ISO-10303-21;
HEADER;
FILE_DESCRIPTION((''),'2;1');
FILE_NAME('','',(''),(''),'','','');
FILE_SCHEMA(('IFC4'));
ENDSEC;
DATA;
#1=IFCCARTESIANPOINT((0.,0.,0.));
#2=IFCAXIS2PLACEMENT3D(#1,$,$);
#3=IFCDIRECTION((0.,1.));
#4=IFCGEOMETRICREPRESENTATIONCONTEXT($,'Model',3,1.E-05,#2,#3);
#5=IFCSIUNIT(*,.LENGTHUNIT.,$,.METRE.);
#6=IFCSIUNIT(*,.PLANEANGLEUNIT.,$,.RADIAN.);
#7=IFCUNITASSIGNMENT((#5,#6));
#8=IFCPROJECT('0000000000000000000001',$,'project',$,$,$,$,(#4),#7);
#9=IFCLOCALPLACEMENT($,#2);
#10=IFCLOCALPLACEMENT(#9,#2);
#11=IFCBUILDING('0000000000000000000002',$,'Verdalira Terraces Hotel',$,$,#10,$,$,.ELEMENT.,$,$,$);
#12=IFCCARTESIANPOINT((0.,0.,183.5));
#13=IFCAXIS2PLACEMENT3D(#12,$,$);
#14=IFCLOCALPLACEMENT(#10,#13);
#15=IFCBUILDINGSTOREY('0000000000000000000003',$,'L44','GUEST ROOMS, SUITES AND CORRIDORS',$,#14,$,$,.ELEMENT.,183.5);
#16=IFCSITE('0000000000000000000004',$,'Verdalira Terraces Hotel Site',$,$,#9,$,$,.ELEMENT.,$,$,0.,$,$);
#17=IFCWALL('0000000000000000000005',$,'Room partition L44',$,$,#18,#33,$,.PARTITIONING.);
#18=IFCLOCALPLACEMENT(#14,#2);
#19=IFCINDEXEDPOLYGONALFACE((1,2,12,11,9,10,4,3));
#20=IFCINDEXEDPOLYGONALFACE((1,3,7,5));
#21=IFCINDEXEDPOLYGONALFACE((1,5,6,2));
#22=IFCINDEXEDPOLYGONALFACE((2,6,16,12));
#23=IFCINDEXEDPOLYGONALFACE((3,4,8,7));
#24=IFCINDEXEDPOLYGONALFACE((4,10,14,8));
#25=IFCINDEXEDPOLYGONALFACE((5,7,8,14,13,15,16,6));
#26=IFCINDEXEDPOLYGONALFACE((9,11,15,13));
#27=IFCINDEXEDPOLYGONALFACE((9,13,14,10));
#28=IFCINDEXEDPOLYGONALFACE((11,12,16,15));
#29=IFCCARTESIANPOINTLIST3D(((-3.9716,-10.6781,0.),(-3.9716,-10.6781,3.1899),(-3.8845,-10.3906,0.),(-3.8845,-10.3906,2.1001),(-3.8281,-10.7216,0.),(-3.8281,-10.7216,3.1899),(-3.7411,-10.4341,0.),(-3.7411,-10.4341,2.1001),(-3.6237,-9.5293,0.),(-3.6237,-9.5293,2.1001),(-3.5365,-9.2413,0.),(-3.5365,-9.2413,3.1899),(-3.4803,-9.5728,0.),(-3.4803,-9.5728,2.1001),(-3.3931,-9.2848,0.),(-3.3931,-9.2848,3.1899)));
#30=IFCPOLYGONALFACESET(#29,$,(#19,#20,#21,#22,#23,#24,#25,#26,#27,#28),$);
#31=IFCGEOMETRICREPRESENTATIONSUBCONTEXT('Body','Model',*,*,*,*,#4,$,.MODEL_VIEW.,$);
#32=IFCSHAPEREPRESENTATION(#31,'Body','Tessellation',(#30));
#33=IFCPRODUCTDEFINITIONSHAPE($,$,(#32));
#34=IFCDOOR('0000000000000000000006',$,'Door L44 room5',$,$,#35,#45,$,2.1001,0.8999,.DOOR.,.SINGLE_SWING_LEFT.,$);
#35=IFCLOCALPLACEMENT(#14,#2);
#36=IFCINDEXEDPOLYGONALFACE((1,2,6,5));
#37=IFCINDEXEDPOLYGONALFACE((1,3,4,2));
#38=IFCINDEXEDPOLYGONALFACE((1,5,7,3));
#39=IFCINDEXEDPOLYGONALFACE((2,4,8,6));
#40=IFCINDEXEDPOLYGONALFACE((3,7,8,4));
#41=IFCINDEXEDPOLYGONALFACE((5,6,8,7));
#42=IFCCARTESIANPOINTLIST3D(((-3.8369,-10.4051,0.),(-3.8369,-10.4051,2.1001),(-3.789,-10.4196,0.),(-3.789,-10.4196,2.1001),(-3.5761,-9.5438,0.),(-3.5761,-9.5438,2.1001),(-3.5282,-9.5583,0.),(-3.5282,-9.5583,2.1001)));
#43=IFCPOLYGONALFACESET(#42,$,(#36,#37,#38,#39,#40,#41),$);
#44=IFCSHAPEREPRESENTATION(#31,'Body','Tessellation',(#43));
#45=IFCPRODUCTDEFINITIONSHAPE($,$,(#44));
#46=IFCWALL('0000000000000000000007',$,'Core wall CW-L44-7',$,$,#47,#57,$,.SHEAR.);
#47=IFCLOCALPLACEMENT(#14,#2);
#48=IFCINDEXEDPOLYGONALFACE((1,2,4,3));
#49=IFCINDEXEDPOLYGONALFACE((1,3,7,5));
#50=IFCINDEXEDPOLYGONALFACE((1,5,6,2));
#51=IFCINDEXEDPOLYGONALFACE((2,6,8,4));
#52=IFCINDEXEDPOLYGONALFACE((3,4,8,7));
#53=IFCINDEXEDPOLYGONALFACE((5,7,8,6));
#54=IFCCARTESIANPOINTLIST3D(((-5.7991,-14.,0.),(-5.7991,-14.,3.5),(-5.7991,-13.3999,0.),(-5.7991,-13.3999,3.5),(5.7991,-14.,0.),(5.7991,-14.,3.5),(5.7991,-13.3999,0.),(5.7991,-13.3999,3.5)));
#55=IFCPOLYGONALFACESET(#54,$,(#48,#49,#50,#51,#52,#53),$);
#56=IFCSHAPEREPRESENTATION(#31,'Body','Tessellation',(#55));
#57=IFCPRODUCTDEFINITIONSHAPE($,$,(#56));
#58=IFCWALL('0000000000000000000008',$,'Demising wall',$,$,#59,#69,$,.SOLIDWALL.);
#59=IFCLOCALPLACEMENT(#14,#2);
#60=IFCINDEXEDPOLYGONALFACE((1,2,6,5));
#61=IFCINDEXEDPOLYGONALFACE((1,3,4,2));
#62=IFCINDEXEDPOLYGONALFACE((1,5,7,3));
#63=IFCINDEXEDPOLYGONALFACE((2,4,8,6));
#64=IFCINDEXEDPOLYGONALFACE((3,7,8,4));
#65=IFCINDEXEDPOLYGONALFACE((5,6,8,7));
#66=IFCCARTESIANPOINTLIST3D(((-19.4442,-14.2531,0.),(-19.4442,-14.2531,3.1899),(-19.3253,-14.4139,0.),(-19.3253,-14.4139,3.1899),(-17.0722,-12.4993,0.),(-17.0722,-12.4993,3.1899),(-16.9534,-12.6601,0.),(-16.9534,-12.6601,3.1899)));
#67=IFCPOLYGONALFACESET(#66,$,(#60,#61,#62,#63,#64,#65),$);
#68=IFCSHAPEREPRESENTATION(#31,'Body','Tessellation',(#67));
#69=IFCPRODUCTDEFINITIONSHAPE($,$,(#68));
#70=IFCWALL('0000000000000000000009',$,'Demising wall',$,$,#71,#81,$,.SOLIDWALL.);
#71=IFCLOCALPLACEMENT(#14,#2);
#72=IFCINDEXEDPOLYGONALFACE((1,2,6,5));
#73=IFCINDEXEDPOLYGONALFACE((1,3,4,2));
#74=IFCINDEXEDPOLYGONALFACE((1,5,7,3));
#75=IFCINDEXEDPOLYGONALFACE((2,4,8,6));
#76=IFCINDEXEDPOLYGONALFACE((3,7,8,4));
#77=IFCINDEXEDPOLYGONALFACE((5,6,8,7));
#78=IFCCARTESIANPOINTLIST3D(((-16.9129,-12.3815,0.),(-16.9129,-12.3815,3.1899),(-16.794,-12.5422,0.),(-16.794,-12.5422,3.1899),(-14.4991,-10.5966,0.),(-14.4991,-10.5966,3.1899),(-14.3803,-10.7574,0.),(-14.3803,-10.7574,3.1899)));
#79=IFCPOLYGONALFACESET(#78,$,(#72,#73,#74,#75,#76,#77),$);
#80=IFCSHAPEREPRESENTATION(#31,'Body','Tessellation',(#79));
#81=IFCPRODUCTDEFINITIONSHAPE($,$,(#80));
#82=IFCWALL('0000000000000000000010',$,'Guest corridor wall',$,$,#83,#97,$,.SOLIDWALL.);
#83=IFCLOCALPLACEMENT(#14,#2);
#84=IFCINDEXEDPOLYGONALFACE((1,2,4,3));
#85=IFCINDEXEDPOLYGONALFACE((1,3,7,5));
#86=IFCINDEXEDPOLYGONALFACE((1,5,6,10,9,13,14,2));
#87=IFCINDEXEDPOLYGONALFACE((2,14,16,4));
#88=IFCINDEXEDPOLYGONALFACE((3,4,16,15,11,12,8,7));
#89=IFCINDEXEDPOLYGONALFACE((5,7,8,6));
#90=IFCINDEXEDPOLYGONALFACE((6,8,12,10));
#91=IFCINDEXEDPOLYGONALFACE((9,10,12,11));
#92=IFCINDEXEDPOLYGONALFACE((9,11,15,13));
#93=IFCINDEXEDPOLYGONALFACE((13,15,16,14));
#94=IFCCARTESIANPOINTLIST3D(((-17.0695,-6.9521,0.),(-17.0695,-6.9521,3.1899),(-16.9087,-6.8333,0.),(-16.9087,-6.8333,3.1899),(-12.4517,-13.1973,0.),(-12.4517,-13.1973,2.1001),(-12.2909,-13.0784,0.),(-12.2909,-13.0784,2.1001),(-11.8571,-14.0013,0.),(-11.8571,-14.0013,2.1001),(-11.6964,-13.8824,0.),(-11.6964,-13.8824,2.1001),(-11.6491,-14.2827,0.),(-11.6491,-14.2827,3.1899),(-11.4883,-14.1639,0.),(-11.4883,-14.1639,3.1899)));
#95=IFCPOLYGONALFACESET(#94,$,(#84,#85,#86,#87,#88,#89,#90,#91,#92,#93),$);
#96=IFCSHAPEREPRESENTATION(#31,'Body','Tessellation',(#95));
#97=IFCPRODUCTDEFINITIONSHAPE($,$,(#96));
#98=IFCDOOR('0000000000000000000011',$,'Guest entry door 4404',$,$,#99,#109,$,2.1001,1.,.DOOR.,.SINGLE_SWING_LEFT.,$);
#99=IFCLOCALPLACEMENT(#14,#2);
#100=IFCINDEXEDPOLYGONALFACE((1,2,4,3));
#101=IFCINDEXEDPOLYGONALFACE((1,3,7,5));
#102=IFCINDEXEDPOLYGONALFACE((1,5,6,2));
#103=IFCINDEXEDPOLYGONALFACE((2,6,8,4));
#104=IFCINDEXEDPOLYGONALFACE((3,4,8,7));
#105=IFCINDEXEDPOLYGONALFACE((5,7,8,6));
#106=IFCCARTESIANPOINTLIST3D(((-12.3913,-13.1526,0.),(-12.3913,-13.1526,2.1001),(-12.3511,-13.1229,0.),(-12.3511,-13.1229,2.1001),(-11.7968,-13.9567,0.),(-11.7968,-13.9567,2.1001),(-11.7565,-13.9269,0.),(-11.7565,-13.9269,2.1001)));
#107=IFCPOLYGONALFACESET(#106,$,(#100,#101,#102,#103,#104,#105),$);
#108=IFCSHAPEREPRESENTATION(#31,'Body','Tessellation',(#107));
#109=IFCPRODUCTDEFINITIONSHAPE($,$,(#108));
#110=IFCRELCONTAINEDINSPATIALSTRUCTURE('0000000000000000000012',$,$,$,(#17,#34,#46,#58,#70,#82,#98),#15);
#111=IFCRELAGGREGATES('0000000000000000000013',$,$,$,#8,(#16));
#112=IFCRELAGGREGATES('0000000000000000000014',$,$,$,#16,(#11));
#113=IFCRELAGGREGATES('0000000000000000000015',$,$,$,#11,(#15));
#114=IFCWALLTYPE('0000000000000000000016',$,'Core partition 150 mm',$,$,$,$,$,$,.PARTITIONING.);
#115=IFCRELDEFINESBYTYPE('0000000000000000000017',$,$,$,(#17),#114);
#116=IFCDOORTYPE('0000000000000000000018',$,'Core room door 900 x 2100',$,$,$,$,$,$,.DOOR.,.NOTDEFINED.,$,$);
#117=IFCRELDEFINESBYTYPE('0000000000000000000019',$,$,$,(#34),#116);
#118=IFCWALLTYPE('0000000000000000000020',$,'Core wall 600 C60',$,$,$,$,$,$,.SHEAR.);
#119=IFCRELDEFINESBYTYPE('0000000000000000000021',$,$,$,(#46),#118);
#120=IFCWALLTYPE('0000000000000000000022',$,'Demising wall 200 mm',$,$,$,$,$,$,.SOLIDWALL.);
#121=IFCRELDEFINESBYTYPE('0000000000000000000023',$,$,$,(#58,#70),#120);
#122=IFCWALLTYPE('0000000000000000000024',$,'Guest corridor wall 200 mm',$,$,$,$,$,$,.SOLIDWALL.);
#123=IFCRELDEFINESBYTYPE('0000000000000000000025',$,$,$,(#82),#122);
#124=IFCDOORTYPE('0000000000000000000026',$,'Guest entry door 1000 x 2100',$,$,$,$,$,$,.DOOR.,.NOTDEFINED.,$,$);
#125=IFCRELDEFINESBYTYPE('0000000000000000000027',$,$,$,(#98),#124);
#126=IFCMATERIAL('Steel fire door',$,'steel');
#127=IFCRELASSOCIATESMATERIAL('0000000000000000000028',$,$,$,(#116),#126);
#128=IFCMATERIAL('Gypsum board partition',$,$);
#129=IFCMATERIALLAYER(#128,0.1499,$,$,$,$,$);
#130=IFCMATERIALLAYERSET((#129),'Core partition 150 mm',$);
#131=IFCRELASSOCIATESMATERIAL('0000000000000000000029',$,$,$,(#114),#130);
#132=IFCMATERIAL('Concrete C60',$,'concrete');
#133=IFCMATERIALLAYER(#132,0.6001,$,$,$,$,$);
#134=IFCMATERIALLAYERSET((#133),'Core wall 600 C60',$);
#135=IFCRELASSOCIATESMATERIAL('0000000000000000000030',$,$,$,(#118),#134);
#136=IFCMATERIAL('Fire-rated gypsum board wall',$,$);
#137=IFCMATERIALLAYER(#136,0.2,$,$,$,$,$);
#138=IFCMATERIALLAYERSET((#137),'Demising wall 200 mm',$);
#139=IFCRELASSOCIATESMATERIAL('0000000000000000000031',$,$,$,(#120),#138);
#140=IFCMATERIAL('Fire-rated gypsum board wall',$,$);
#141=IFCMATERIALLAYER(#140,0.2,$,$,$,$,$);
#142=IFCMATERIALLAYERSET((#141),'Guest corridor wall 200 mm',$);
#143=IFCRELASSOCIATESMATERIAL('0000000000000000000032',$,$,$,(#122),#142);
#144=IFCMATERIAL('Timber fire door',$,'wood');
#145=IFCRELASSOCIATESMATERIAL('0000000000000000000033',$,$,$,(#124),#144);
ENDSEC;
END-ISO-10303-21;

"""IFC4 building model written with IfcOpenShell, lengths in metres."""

from ifc_helpers import new_model, si_unit, direction, frame, frame_2d, origin, place, context, subcontext, project, spatial, rectangle, extrude, material, layer, layer_set, type_object, element, fill, save


model = new_model("IFC4")

# Units and contexts
model_context = context("Model", 3, precision=1e-05, world=origin(), true_north=direction((0.0, 1.0)))
body_context = subcontext(model_context, "Body", "Model", "MODEL_VIEW")
ifc_project = project(units=[si_unit("LENGTHUNIT", "METRE"), si_unit("PLANEANGLEUNIT", "RADIAN")], contexts=[model_context])

# Site, building, storey
site_placement = place(None, origin())
site = spatial("IfcSite", under=ifc_project, at=site_placement, Name="Verdalira Terraces Hotel Site", CompositionType="ELEMENT", RefElevation=0.0)
building_placement = place(site_placement, origin())
building = spatial("IfcBuilding", under=site, at=building_placement, Name="Verdalira Terraces Hotel", CompositionType="ELEMENT")
storey_placement = place(building_placement, frame((0.0, 0.0, 183.5)))
storey = spatial("IfcBuildingStorey", under=building, at=storey_placement, Name="L44", Description="GUEST ROOMS, SUITES AND CORRIDORS", CompositionType="ELEMENT", Elevation=183.5)

# Shared definitions
ifc_material_1 = material(Name="Steel fire door", Category="steel")
door_type_1 = type_object("IfcDoorType", Name="Core room door 900 x 2100", OperationType="NOTDEFINED", PredefinedType="DOOR", material=ifc_material_1)

# Wall, opening, door
ifc_material_2 = material(Name="Gypsum board partition")
ifc_layer_1 = layer(ifc_material_2, 0.1499)
ifc_layer_set_1 = layer_set([ifc_layer_1], Name="Core partition 150 mm")
wall_type_1 = type_object("IfcWallType", Name="Core partition 150 mm", PredefinedType="PARTITIONING", material=ifc_layer_set_1)
wall_1_placement = place(storey_placement, frame((-3.4648, -9.2632, 0.0), z_axis=(0.0, 0.0, 1.0), x_axis=(-0.289809, -0.957085, 0.0)))
wall_1 = element("IfcWall", 1, at=wall_1_placement, inside=storey, type_object=wall_type_1, Name="Room partition L44", PredefinedType="PARTITIONING", context=body_context, shape_type="SweptSolid", body=[
    extrude(rectangle(XDim=1.5012, YDim=0.1499, at=frame_2d((0.7505, 0.0))), origin(), (0.0, 0.0, 1.0), 3.1899),
])
opening_1_placement = place(wall_1_placement, frame((0.3008, 0.0, 0.0)))
opening_1 = element("IfcOpeningElement", 2, at=opening_1_placement, cuts=wall_1, PredefinedType="OPENING", context=body_context, shape_type="SweptSolid", body=[
    extrude(rectangle(XDim=0.8999, YDim=2.1001, at=frame_2d((0.45, 1.05))), frame((0.0, 0.085, 0.0), z_axis=(0.0, -1.0, 0.0), x_axis=(1.0, 0.0, 0.0)), (0.0, 0.0, 1.0), 0.1699),
])
door_1_placement = place(opening_1_placement, origin())
door_1 = element("IfcDoor", 3, at=door_1_placement, inside=storey, type_object=door_type_1, Name="Door L44 room5", OperationType="SINGLE_SWING_LEFT", OverallHeight=2.1001, OverallWidth=0.8999, PredefinedType="DOOR", context=body_context, shape_type="SweptSolid", body=[
    extrude(rectangle(XDim=0.8999, YDim=2.1001, at=frame_2d((0.45, 1.05))), frame((0.0, 0.0249, 0.0), z_axis=(0.0, -1.0, 0.0), x_axis=(1.0, 0.0, 0.0)), (0.0, 0.0, 1.0), 0.05),
])
fill(opening_1, door_1)

# Walls
ifc_material_3 = material(Name="Concrete C60", Category="concrete")
ifc_layer_2 = layer(ifc_material_3, 0.6001)
ifc_layer_set_2 = layer_set([ifc_layer_2], Name="Core wall 600 C60")
wall_type_2 = type_object("IfcWallType", Name="Core wall 600 C60", PredefinedType="SHEAR", material=ifc_layer_set_2)
wall_2_placement = place(storey_placement, frame((-5.7991, -13.7, 0.0), z_axis=(0.0, 0.0, 1.0), x_axis=(1.0, 0.0, 0.0)))
element("IfcWall", 4, at=wall_2_placement, inside=storey, type_object=wall_type_2, Name="Core wall CW-L44-7", PredefinedType="SHEAR", context=body_context, shape_type="SweptSolid", body=[
    extrude(rectangle(XDim=11.5981, YDim=0.6001, at=frame_2d((5.7991, 0.0))), origin(), (0.0, 0.0, 1.0), 3.5),
])
ifc_material_4 = material(Name="Fire-rated gypsum board wall")
ifc_layer_3 = layer(ifc_material_4, 0.2)
ifc_layer_set_3 = layer_set([ifc_layer_3], Name="Demising wall 200 mm")
wall_type_3 = type_object("IfcWallType", Name="Demising wall 200 mm", PredefinedType="SOLIDWALL", material=ifc_layer_set_3)
wall_3_placement = place(storey_placement, frame((-17.0127, -12.5796, 0.0), z_axis=(0.0, 0.0, 1.0), x_axis=(-0.804073, -0.594531, 0.0)))
element("IfcWall", 5, at=wall_3_placement, inside=storey, type_object=wall_type_3, Name="Demising wall", PredefinedType="SOLIDWALL", context=body_context, shape_type="SweptSolid", body=[
    extrude(rectangle(XDim=2.95, YDim=0.2, at=frame_2d((1.4751, 0.0))), origin(), (0.0, 0.0, 1.0), 3.1899),
])
wall_4_placement = place(storey_placement, frame((-14.4397, -10.677, 0.0), z_axis=(0.0, 0.0, 1.0), x_axis=(-0.804051, -0.59456, 0.0)))
element("IfcWall", 6, at=wall_4_placement, inside=storey, type_object=wall_type_3, Name="Demising wall", PredefinedType="SOLIDWALL", context=body_context, shape_type="SweptSolid", body=[
    extrude(rectangle(XDim=3.002, YDim=0.2, at=frame_2d((1.501, 0.0))), origin(), (0.0, 0.0, 1.0), 3.1899),
])

# Wall, opening, door
ifc_material_5 = material(Name="Fire-rated gypsum board wall")
ifc_layer_4 = layer(ifc_material_5, 0.2)
ifc_layer_set_4 = layer_set([ifc_layer_4], Name="Guest corridor wall 200 mm")
wall_type_4 = type_object("IfcWallType", Name="Guest corridor wall 200 mm", PredefinedType="SOLIDWALL", material=ifc_layer_set_4)
wall_5_placement = place(storey_placement, frame((-11.5686, -14.2234, 0.0), z_axis=(0.0, 0.0, 1.0), x_axis=(-0.594545, 0.804063, 0.0)))
wall_5 = element("IfcWall", 7, at=wall_5_placement, inside=storey, type_object=wall_type_4, Name="Guest corridor wall", PredefinedType="SOLIDWALL", context=body_context, shape_type="SweptSolid", body=[
    extrude(rectangle(XDim=9.1169, YDim=0.2, at=frame_2d((4.5586, 0.0))), origin(), (0.0, 0.0, 1.0), 3.1899),
])
opening_2_placement = place(wall_5_placement, frame((0.3501, 0.0, 0.0)))
opening_2 = element("IfcOpeningElement", 8, at=opening_2_placement, cuts=wall_5, PredefinedType="OPENING", context=body_context, shape_type="SweptSolid", body=[
    extrude(rectangle(XDim=1.0, YDim=2.1001, at=frame_2d((0.5, 1.05))), frame((0.0, 0.1099, 0.0), z_axis=(0.0, -1.0, 0.0), x_axis=(1.0, 0.0, 0.0)), (0.0, 0.0, 1.0), 0.22),
])
ifc_material_6 = material(Name="Timber fire door", Category="wood")
door_type_2 = type_object("IfcDoorType", Name="Guest entry door 1000 x 2100", OperationType="NOTDEFINED", PredefinedType="DOOR", material=ifc_material_6)
door_2_placement = place(opening_2_placement, origin())
door_2 = element("IfcDoor", 9, at=door_2_placement, inside=storey, type_object=door_type_2, Name="Guest entry door 4404", OperationType="SINGLE_SWING_LEFT", OverallHeight=2.1001, OverallWidth=1.0, PredefinedType="DOOR", context=body_context, shape_type="SweptSolid", body=[
    extrude(rectangle(XDim=1.0, YDim=2.1001, at=frame_2d((0.5, 1.05))), frame((0.0, 0.0249, 0.0), z_axis=(0.0, -1.0, 0.0), x_axis=(1.0, 0.0, 0.0)), (0.0, 0.0, 1.0), 0.05),
])
fill(opening_2, door_2)

save(model, "model.ifc")
